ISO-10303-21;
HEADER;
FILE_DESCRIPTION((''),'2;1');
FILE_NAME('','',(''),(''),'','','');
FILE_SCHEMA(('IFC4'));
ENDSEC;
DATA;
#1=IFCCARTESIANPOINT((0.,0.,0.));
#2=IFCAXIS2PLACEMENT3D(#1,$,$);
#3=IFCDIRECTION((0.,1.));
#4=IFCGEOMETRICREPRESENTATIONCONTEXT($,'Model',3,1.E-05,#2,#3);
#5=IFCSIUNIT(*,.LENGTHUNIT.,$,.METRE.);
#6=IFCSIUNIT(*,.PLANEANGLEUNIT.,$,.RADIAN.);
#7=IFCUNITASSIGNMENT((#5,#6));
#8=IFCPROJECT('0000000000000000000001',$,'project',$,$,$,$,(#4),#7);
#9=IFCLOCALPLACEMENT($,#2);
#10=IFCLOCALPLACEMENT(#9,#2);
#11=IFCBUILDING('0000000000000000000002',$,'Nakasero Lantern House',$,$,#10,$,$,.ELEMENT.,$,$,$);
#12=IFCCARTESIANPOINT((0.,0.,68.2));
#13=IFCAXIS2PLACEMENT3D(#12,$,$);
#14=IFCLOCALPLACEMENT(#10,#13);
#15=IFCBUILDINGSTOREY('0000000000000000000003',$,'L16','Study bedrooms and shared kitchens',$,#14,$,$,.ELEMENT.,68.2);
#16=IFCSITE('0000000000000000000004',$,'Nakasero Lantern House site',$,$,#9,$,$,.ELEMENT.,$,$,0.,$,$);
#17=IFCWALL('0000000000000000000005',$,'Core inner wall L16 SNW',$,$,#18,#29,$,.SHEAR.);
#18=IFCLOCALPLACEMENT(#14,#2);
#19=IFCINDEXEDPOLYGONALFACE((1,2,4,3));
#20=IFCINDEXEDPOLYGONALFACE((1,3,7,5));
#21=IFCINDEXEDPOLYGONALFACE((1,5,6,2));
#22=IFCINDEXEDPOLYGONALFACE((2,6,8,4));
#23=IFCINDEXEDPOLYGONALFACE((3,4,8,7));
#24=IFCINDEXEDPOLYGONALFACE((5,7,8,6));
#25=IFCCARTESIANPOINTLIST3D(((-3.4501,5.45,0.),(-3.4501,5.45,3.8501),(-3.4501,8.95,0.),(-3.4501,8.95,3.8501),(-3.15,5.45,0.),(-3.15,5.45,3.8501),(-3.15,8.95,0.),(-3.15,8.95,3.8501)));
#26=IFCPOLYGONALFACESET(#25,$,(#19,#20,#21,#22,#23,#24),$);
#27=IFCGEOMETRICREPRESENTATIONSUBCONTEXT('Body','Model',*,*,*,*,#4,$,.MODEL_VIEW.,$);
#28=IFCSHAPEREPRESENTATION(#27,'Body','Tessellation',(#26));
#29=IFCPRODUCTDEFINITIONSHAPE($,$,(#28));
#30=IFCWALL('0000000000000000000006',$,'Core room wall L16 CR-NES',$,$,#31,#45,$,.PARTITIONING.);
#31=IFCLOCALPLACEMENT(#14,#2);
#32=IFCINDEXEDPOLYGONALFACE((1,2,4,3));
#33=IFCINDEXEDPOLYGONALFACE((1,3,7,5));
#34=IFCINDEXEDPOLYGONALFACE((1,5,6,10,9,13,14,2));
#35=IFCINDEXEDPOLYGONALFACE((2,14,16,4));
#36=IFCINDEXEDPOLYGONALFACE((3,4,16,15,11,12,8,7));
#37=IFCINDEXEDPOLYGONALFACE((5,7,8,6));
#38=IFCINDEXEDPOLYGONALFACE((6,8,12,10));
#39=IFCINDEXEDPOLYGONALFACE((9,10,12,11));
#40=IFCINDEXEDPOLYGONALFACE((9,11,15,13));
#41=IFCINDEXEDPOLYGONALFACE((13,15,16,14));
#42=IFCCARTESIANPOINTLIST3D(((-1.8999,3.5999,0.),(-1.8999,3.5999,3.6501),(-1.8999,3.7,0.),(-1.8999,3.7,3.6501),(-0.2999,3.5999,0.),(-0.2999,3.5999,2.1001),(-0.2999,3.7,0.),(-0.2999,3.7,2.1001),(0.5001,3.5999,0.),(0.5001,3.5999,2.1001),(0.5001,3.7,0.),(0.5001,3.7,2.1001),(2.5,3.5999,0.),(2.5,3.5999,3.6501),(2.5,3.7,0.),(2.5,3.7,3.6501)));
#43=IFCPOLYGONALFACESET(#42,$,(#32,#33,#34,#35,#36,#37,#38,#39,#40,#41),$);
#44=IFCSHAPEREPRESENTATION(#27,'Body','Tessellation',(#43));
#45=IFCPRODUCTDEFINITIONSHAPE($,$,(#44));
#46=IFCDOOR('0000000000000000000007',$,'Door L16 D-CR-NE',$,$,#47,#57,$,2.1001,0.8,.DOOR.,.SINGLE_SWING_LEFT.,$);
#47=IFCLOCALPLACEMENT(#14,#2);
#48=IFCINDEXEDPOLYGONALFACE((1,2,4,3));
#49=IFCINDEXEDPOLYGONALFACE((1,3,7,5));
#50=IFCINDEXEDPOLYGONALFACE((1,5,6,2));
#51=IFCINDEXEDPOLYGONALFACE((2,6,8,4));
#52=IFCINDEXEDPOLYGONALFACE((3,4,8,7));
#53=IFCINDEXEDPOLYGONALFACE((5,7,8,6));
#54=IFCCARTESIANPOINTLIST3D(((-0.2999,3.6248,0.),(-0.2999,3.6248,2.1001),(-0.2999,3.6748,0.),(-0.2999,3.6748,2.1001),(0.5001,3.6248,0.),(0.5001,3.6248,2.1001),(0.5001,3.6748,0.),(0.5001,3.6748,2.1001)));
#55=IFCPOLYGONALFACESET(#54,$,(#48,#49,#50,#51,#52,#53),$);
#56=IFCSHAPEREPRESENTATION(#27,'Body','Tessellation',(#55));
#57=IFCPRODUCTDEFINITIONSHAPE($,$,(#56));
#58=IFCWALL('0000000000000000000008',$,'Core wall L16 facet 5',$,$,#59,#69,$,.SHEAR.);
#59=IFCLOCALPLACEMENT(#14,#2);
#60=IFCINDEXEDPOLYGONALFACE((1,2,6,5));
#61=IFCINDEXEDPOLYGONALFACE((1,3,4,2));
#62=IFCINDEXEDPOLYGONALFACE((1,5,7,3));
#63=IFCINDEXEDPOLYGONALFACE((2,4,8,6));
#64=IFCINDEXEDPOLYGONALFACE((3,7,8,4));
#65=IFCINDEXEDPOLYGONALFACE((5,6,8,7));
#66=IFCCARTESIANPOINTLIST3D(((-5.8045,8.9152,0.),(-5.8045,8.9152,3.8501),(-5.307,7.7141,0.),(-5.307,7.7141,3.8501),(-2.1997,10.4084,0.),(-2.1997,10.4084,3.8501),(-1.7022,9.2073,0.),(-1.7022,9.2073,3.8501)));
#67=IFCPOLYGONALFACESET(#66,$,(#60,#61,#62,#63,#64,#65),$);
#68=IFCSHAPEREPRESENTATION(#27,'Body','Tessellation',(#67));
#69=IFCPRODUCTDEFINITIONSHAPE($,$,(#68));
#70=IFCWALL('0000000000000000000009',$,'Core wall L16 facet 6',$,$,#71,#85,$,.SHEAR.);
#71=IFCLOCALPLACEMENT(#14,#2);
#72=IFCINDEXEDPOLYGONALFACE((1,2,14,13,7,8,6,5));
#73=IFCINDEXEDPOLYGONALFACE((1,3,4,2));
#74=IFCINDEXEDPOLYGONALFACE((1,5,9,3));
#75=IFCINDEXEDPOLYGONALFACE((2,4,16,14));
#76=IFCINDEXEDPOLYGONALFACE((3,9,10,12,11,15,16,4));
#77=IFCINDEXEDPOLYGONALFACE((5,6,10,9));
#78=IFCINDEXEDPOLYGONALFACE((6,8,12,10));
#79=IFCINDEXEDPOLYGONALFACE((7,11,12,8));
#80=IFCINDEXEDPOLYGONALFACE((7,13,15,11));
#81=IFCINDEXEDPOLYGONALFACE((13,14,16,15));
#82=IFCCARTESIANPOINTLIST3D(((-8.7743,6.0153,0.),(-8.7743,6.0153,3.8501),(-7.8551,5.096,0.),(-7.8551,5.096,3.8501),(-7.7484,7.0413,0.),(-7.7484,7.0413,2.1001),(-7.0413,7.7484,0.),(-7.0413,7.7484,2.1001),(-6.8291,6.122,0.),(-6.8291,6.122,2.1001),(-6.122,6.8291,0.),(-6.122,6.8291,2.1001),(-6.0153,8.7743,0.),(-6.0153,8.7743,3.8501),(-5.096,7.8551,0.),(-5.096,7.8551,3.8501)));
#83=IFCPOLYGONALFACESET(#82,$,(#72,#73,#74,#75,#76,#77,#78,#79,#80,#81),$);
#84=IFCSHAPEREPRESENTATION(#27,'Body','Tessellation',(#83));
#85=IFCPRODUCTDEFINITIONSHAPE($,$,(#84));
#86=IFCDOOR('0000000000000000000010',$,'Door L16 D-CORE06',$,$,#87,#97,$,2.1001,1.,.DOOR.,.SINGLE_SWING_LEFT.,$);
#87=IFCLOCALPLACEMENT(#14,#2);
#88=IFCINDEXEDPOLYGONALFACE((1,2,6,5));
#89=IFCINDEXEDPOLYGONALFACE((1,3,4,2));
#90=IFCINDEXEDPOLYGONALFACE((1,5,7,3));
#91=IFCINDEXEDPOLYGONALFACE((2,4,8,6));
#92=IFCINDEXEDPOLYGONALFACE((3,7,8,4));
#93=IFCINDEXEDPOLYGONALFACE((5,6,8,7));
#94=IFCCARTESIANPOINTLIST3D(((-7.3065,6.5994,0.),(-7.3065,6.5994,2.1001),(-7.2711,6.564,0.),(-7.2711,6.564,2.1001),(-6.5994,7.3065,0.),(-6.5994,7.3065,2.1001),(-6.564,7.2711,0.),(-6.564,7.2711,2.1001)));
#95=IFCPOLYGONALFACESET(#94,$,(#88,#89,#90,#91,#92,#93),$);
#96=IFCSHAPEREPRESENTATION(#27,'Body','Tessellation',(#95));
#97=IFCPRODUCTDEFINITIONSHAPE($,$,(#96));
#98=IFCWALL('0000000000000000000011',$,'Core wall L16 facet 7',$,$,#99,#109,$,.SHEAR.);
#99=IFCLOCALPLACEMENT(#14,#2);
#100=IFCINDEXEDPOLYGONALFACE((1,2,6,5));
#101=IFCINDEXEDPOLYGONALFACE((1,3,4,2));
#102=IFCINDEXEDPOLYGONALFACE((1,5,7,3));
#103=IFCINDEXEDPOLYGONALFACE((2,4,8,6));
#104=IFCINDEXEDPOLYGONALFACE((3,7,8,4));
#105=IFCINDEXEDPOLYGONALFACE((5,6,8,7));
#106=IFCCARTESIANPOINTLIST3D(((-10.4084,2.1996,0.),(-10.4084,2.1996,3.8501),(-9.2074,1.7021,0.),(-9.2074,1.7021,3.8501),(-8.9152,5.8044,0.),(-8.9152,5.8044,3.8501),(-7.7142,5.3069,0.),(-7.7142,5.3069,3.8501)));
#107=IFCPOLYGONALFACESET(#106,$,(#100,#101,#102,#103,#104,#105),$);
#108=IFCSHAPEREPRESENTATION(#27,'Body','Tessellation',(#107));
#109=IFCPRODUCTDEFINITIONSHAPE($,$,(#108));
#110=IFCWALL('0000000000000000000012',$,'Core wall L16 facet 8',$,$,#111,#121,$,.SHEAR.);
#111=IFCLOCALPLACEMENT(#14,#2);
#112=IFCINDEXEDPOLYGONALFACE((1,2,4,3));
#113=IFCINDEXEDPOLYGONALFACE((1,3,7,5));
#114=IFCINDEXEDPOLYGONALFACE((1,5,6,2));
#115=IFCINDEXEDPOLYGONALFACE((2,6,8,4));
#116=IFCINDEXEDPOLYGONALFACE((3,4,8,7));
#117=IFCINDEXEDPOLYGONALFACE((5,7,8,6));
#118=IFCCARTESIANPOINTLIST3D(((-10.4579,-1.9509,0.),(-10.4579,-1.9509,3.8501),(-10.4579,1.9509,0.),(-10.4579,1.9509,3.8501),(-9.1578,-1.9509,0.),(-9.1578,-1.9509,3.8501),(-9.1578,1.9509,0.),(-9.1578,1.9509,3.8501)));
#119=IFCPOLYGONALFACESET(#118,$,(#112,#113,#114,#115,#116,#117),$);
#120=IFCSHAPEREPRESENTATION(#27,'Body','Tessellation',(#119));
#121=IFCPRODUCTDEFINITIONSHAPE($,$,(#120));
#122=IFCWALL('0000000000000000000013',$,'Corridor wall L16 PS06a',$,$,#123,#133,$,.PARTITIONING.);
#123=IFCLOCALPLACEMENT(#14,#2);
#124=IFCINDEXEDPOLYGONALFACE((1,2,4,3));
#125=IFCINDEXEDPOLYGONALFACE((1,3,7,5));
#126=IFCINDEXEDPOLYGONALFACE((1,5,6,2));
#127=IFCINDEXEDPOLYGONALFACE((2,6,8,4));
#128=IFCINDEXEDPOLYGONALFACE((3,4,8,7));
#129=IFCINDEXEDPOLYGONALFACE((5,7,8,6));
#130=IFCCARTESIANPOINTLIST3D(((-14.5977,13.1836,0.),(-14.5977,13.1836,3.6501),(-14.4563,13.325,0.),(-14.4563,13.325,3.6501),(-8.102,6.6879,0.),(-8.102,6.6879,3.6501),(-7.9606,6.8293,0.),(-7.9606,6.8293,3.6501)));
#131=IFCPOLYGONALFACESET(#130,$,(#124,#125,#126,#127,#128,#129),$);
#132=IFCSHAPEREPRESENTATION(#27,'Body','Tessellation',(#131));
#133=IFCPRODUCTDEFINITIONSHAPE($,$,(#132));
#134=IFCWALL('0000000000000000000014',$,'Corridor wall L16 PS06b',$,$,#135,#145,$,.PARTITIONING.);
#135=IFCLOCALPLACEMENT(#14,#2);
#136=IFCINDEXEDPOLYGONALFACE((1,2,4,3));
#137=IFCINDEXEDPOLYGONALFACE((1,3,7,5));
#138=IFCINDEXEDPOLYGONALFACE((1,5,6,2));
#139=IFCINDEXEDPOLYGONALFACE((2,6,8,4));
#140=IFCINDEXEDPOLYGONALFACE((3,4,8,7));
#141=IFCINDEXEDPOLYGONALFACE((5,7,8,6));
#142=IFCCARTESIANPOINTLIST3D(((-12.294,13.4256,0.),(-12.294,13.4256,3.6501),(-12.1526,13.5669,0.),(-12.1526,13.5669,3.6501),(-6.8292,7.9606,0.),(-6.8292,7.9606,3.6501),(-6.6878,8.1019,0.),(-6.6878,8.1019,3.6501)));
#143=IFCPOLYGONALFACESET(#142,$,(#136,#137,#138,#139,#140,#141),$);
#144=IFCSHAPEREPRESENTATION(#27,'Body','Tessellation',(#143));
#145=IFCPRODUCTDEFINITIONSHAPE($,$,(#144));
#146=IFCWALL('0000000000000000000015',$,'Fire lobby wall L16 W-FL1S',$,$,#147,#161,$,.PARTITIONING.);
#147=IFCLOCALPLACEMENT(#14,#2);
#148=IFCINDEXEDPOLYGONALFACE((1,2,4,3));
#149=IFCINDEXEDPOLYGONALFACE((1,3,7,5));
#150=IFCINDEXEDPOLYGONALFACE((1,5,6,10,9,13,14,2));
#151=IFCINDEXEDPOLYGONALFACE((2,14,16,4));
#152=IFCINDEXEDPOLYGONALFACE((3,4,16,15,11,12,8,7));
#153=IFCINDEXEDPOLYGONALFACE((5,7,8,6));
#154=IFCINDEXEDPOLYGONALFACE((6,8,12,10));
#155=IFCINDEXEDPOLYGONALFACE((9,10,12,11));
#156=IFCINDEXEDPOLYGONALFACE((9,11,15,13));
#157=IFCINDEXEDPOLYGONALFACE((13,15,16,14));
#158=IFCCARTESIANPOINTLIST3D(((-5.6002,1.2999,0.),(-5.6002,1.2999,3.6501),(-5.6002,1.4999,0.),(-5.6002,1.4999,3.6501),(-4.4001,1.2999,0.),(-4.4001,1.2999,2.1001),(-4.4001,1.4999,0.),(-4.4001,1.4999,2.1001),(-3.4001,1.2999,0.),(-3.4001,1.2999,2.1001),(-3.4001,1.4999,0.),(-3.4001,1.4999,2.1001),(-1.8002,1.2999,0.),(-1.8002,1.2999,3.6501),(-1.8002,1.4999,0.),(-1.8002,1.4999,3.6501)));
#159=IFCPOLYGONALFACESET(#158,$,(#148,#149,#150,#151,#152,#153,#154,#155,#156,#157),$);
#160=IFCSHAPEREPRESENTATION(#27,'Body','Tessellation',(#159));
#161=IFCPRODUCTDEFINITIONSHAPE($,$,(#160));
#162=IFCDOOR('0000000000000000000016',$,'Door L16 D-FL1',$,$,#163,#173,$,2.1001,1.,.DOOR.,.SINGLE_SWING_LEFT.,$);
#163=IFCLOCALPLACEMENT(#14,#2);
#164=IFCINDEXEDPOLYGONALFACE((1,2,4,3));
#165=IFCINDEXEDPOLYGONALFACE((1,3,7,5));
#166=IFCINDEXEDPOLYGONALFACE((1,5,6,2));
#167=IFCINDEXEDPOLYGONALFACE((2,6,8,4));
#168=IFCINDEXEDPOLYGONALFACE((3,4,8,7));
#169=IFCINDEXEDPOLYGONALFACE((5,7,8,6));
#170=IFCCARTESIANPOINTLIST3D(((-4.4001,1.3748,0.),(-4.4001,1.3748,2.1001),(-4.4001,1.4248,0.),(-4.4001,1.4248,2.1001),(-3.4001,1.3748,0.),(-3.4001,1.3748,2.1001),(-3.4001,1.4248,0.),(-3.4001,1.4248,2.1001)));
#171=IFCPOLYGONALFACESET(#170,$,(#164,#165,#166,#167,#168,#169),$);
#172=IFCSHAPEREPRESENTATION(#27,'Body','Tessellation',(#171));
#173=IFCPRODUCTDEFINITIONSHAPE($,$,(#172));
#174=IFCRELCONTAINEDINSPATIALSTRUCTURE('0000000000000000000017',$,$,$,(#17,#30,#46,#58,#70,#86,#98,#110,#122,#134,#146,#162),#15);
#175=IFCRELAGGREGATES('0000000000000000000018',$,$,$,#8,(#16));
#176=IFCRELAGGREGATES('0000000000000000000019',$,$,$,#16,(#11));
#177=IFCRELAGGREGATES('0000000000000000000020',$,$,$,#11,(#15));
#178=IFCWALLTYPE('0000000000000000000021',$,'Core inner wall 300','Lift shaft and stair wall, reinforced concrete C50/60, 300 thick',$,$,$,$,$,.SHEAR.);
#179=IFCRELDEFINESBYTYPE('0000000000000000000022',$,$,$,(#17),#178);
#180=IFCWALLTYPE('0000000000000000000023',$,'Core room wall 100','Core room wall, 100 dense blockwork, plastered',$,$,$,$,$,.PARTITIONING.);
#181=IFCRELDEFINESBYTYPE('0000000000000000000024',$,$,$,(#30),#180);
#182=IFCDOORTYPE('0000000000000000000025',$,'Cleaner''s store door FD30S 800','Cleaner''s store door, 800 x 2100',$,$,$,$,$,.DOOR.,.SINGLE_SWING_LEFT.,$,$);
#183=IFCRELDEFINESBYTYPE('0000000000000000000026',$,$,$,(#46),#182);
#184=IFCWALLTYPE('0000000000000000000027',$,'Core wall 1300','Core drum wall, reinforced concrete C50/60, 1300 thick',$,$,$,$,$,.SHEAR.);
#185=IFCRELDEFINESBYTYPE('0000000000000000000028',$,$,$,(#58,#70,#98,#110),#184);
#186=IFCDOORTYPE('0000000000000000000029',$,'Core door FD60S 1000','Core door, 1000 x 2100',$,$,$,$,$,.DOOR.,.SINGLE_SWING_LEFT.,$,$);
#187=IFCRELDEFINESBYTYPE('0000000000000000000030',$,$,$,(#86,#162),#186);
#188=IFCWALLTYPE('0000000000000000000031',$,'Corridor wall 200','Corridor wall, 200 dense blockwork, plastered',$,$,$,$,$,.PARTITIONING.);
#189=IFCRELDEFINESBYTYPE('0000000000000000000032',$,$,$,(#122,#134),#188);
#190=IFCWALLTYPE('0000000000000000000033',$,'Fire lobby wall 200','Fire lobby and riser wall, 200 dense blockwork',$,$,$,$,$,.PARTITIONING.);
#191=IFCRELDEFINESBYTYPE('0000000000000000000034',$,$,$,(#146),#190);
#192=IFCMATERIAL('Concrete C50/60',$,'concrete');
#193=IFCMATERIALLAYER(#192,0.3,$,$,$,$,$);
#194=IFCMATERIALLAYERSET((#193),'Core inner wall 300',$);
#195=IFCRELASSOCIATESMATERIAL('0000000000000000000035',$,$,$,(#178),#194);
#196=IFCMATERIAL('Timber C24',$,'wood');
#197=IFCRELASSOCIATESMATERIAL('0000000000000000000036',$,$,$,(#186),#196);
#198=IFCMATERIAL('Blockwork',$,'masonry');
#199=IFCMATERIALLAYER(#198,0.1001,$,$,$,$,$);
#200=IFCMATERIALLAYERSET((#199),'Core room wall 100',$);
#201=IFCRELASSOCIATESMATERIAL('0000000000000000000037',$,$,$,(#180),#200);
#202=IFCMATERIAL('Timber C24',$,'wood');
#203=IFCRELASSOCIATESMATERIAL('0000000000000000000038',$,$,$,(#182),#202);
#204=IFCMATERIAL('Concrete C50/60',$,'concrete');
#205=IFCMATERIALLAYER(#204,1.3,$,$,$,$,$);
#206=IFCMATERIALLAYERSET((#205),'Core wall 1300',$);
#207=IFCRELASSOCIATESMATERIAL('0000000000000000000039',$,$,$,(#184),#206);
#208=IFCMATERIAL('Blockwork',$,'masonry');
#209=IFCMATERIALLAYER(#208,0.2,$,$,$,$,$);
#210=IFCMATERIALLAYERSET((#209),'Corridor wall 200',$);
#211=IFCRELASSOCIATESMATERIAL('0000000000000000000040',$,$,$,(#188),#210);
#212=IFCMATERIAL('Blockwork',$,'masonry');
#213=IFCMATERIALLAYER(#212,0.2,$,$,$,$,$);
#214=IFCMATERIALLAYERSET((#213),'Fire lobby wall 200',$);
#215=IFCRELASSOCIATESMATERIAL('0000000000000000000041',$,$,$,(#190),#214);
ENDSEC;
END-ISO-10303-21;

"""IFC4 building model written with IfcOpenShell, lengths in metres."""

from ifc_helpers import new_model, si_unit, direction, frame, frame_2d, origin, place, context, subcontext, project, spatial, rectangle, extrude, material, layer, layer_set, type_object, element, fill, save


model = new_model("IFC4")

# Units and contexts
model_context = context("Model", 3, precision=1e-05, world=origin(), true_north=direction((0.0, 1.0)))
body_context = subcontext(model_context, "Body", "Model", "MODEL_VIEW")
ifc_project = project(units=[si_unit("LENGTHUNIT", "METRE"), si_unit("PLANEANGLEUNIT", "RADIAN")], contexts=[model_context])

# Site, building, storey
site_placement = place(None, origin())
site = spatial("IfcSite", under=ifc_project, at=site_placement, Name="Nakasero Lantern House site", CompositionType="ELEMENT", RefElevation=0.0)
building_placement = place(site_placement, origin())
building = spatial("IfcBuilding", under=site, at=building_placement, Name="Nakasero Lantern House", CompositionType="ELEMENT")
storey_placement = place(building_placement, frame((0.0, 0.0, 68.2)))
storey = spatial("IfcBuildingStorey", under=building, at=storey_placement, Name="L16", Description="Study bedrooms and shared kitchens", CompositionType="ELEMENT", Elevation=68.2)

# Shared definitions
ifc_material_1 = material(Name="Concrete C50/60", Category="concrete")
ifc_layer_1 = layer(ifc_material_1, 0.3)
ifc_layer_set_1 = layer_set([ifc_layer_1], Name="Core inner wall 300")
wall_type_1 = type_object("IfcWallType", Name="Core inner wall 300", Description="Lift shaft and stair wall, reinforced concrete C50/60, 300 thick", PredefinedType="SHEAR", material=ifc_layer_set_1)

# Shared definitions
ifc_material_2 = material(Name="Timber C24", Category="wood")
door_type_1 = type_object("IfcDoorType", Name="Core door FD60S 1000", Description="Core door, 1000 x 2100", OperationType="SINGLE_SWING_LEFT", PredefinedType="DOOR", material=ifc_material_2)

# Wall
wall_1_placement = place(storey_placement, frame((-3.3, 5.45, 0.0), z_axis=(0.0, 0.0, 1.0), x_axis=(0.0, 1.0, 0.0)))
element("IfcWall", 1, at=wall_1_placement, inside=storey, type_object=wall_type_1, Name="Core inner wall L16 SNW", PredefinedType="SHEAR", context=body_context, shape_type="SweptSolid", body=[
    extrude(rectangle(XDim=3.5, YDim=0.3, at=frame_2d((1.75, 0.0))), origin(), (0.0, 0.0, 1.0), 3.8501),
])

# Wall, opening, door
ifc_material_3 = material(Name="Blockwork", Category="masonry")
ifc_layer_2 = layer(ifc_material_3, 0.1001)
ifc_layer_set_2 = layer_set([ifc_layer_2], Name="Core room wall 100")
wall_type_2 = type_object("IfcWallType", Name="Core room wall 100", Description="Core room wall, 100 dense blockwork, plastered", PredefinedType="PARTITIONING", material=ifc_layer_set_2)
wall_2_placement = place(storey_placement, frame((-1.8999, 3.6499, 0.0), z_axis=(0.0, 0.0, 1.0), x_axis=(1.0, 0.0, 0.0)))
wall_2 = element("IfcWall", 2, at=wall_2_placement, inside=storey, type_object=wall_type_2, Name="Core room wall L16 CR-NES", PredefinedType="PARTITIONING", context=body_context, shape_type="SweptSolid", body=[
    extrude(rectangle(XDim=4.3999, YDim=0.1001, at=frame_2d((2.2, 0.0))), origin(), (0.0, 0.0, 1.0), 3.6501),
])
opening_1_placement = place(wall_2_placement, frame((1.6001, 0.0, 0.0)))
opening_1 = element("IfcOpeningElement", 3, at=opening_1_placement, cuts=wall_2, PredefinedType="OPENING", context=body_context, shape_type="SweptSolid", body=[
    extrude(rectangle(XDim=0.8, YDim=2.1001, at=frame_2d((0.3999, 1.05))), frame((0.0, 0.0701, 0.0), z_axis=(0.0, -1.0, 0.0), x_axis=(1.0, 0.0, 0.0)), (0.0, 0.0, 1.0), 0.1401),
])
ifc_material_4 = material(Name="Timber C24", Category="wood")
door_type_2 = type_object("IfcDoorType", Name="Cleaner's store door FD30S 800", Description="Cleaner's store door, 800 x 2100", OperationType="SINGLE_SWING_LEFT", PredefinedType="DOOR", material=ifc_material_4)
door_1_placement = place(opening_1_placement, origin())
door_1 = element("IfcDoor", 4, at=door_1_placement, inside=storey, type_object=door_type_2, Name="Door L16 D-CR-NE", OperationType="SINGLE_SWING_LEFT", OverallHeight=2.1001, OverallWidth=0.8, PredefinedType="DOOR", context=body_context, shape_type="SweptSolid", body=[
    extrude(rectangle(XDim=0.8, YDim=2.1001, at=frame_2d((0.3999, 1.05))), frame((0.0, 0.0249, 0.0), z_axis=(0.0, -1.0, 0.0), x_axis=(1.0, 0.0, 0.0)), (0.0, 0.0, 1.0), 0.05),
])
fill(opening_1, door_1)

# Wall
ifc_material_5 = material(Name="Concrete C50/60", Category="concrete")
ifc_layer_3 = layer(ifc_material_5, 1.3)
ifc_layer_set_3 = layer_set([ifc_layer_3], Name="Core wall 1300")
wall_type_3 = type_object("IfcWallType", Name="Core wall 1300", Description="Core drum wall, reinforced concrete C50/60, 1300 thick", PredefinedType="SHEAR", material=ifc_layer_set_3)
wall_3_placement = place(storey_placement, frame((-1.9509, 9.8079, 0.0), z_axis=(0.0, 0.0, 1.0), x_axis=(-0.923877, -0.382691, 0.0)))
element("IfcWall", 5, at=wall_3_placement, inside=storey, type_object=wall_type_3, Name="Core wall L16 facet 5", PredefinedType="SHEAR", context=body_context, shape_type="SweptSolid", body=[
    extrude(rectangle(XDim=3.9019, YDim=1.3, at=frame_2d((1.9509, 0.0))), origin(), (0.0, 0.0, 1.0), 3.8501),
])

# Wall, opening, door
wall_4_placement = place(storey_placement, frame((-5.5557, 8.3147, 0.0), z_axis=(0.0, 0.0, 1.0), x_axis=(-0.707107, -0.707107, 0.0)))
wall_4 = element("IfcWall", 6, at=wall_4_placement, inside=storey, type_object=wall_type_3, Name="Core wall L16 facet 6", PredefinedType="SHEAR", context=body_context, shape_type="SweptSolid", body=[
    extrude(rectangle(XDim=3.9019, YDim=1.3, at=frame_2d((1.9509, 0.0))), origin(), (0.0, 0.0, 1.0), 3.8501),
])
opening_2_placement = place(wall_4_placement, frame((1.4509, 0.0, 0.0)))
opening_2 = element("IfcOpeningElement", 7, at=opening_2_placement, cuts=wall_4, PredefinedType="OPENING", context=body_context, shape_type="SweptSolid", body=[
    extrude(rectangle(XDim=1.0, YDim=2.1001, at=frame_2d((0.5, 1.05))), frame((0.0, 0.6699, 0.0), z_axis=(0.0, -1.0, 0.0), x_axis=(1.0, 0.0, 0.0)), (0.0, 0.0, 1.0), 1.3401),
])
door_2_placement = place(opening_2_placement, origin())
door_2 = element("IfcDoor", 8, at=door_2_placement, inside=storey, type_object=door_type_1, Name="Door L16 D-CORE06", OperationType="SINGLE_SWING_LEFT", OverallHeight=2.1001, OverallWidth=1.0, PredefinedType="DOOR", context=body_context, shape_type="SweptSolid", body=[
    extrude(rectangle(XDim=1.0, YDim=2.1001, at=frame_2d((0.5, 1.05))), frame((0.0, 0.0249, 0.0), z_axis=(0.0, -1.0, 0.0), x_axis=(1.0, 0.0, 0.0)), (0.0, 0.0, 1.0), 0.05),
])
fill(opening_2, door_2)

# Walls
for number, where, z_axis, x_axis, name in (
    (9, (-8.3147, 5.5557, 0.0), (0.0, 0.0, 1.0), (-0.382691, -0.923877, 0.0), "Core wall L16 facet 7"),
    (10, (-9.8079, 1.9509, 0.0), (0.0, 0.0, 1.0), (0.0, -1.0, 0.0), "Core wall L16 facet 8"),
):
    element("IfcWall", number, at=place(storey_placement, frame(where, z_axis=z_axis, x_axis=x_axis)), inside=storey, type_object=wall_type_3, Name=name, PredefinedType="SHEAR", context=body_context, shape_type="SweptSolid", body=[
        extrude(rectangle(XDim=3.9019, YDim=1.3, at=frame_2d((1.9509, 0.0))), origin(), (0.0, 0.0, 1.0), 3.8501),
    ])
ifc_material_6 = material(Name="Blockwork", Category="masonry")
ifc_layer_4 = layer(ifc_material_6, 0.2)
ifc_layer_set_4 = layer_set([ifc_layer_4], Name="Corridor wall 200")
wall_type_4 = type_object("IfcWallType", Name="Corridor wall 200", Description="Corridor wall, 200 dense blockwork, plastered", PredefinedType="PARTITIONING", material=ifc_layer_set_4)
wall_5_placement = place(storey_placement, frame((-8.0312, 6.7585, 0.0), z_axis=(0.0, 0.0, 1.0), x_axis=(-0.707107, 0.707107, 0.0)))
element("IfcWall", 11, at=wall_5_placement, inside=storey, type_object=wall_type_4, Name="Corridor wall L16 PS06a", PredefinedType="PARTITIONING", context=body_context, shape_type="SweptSolid", body=[
    extrude(rectangle(XDim=9.1863, YDim=0.2, at=frame_2d((4.5933, 0.0))), origin(), (0.0, 0.0, 1.0), 3.6501),
])
wall_6_placement = place(storey_placement, frame((-6.7585, 8.0312, 0.0), z_axis=(0.0, 0.0, 1.0), x_axis=(-0.707091, 0.707123, 0.0)))
element("IfcWall", 12, at=wall_6_placement, inside=storey, type_object=wall_type_4, Name="Corridor wall L16 PS06b", PredefinedType="PARTITIONING", context=body_context, shape_type="SweptSolid", body=[
    extrude(rectangle(XDim=7.7285, YDim=0.2, at=frame_2d((3.8643, 0.0))), origin(), (0.0, 0.0, 1.0), 3.6501),
])

# Wall, opening, door
ifc_material_7 = material(Name="Blockwork", Category="masonry")
ifc_layer_5 = layer(ifc_material_7, 0.2)
ifc_layer_set_5 = layer_set([ifc_layer_5], Name="Fire lobby wall 200")
wall_type_5 = type_object("IfcWallType", Name="Fire lobby wall 200", Description="Fire lobby and riser wall, 200 dense blockwork", PredefinedType="PARTITIONING", material=ifc_layer_set_5)
wall_7_placement = place(storey_placement, frame((-5.6001, 1.3999, 0.0), z_axis=(0.0, 0.0, 1.0), x_axis=(1.0, 0.0, 0.0)))
wall_7 = element("IfcWall", 13, at=wall_7_placement, inside=storey, type_object=wall_type_5, Name="Fire lobby wall L16 W-FL1S", PredefinedType="PARTITIONING", context=body_context, shape_type="SweptSolid", body=[
    extrude(rectangle(XDim=3.8, YDim=0.2, at=frame_2d((1.8999, 0.0))), origin(), (0.0, 0.0, 1.0), 3.6501),
])
opening_3_placement = place(wall_7_placement, frame((1.2, 0.0, 0.0)))
opening_3 = element("IfcOpeningElement", 14, at=opening_3_placement, cuts=wall_7, PredefinedType="OPENING", context=body_context, shape_type="SweptSolid", body=[
    extrude(rectangle(XDim=1.0, YDim=2.1001, at=frame_2d((0.5, 1.05))), frame((0.0, 0.1199, 0.0), z_axis=(0.0, -1.0, 0.0), x_axis=(1.0, 0.0, 0.0)), (0.0, 0.0, 1.0), 0.24),
])
door_3_placement = place(opening_3_placement, origin())
door_3 = element("IfcDoor", 15, at=door_3_placement, inside=storey, type_object=door_type_1, Name="Door L16 D-FL1", OperationType="SINGLE_SWING_LEFT", OverallHeight=2.1001, OverallWidth=1.0, PredefinedType="DOOR", context=body_context, shape_type="SweptSolid", body=[
    extrude(rectangle(XDim=1.0, YDim=2.1001, at=frame_2d((0.5, 1.05))), frame((0.0, 0.0249, 0.0), z_axis=(0.0, -1.0, 0.0), x_axis=(1.0, 0.0, 0.0)), (0.0, 0.0, 1.0), 0.05),
])
fill(opening_3, door_3)

save(model, "model.ifc")
